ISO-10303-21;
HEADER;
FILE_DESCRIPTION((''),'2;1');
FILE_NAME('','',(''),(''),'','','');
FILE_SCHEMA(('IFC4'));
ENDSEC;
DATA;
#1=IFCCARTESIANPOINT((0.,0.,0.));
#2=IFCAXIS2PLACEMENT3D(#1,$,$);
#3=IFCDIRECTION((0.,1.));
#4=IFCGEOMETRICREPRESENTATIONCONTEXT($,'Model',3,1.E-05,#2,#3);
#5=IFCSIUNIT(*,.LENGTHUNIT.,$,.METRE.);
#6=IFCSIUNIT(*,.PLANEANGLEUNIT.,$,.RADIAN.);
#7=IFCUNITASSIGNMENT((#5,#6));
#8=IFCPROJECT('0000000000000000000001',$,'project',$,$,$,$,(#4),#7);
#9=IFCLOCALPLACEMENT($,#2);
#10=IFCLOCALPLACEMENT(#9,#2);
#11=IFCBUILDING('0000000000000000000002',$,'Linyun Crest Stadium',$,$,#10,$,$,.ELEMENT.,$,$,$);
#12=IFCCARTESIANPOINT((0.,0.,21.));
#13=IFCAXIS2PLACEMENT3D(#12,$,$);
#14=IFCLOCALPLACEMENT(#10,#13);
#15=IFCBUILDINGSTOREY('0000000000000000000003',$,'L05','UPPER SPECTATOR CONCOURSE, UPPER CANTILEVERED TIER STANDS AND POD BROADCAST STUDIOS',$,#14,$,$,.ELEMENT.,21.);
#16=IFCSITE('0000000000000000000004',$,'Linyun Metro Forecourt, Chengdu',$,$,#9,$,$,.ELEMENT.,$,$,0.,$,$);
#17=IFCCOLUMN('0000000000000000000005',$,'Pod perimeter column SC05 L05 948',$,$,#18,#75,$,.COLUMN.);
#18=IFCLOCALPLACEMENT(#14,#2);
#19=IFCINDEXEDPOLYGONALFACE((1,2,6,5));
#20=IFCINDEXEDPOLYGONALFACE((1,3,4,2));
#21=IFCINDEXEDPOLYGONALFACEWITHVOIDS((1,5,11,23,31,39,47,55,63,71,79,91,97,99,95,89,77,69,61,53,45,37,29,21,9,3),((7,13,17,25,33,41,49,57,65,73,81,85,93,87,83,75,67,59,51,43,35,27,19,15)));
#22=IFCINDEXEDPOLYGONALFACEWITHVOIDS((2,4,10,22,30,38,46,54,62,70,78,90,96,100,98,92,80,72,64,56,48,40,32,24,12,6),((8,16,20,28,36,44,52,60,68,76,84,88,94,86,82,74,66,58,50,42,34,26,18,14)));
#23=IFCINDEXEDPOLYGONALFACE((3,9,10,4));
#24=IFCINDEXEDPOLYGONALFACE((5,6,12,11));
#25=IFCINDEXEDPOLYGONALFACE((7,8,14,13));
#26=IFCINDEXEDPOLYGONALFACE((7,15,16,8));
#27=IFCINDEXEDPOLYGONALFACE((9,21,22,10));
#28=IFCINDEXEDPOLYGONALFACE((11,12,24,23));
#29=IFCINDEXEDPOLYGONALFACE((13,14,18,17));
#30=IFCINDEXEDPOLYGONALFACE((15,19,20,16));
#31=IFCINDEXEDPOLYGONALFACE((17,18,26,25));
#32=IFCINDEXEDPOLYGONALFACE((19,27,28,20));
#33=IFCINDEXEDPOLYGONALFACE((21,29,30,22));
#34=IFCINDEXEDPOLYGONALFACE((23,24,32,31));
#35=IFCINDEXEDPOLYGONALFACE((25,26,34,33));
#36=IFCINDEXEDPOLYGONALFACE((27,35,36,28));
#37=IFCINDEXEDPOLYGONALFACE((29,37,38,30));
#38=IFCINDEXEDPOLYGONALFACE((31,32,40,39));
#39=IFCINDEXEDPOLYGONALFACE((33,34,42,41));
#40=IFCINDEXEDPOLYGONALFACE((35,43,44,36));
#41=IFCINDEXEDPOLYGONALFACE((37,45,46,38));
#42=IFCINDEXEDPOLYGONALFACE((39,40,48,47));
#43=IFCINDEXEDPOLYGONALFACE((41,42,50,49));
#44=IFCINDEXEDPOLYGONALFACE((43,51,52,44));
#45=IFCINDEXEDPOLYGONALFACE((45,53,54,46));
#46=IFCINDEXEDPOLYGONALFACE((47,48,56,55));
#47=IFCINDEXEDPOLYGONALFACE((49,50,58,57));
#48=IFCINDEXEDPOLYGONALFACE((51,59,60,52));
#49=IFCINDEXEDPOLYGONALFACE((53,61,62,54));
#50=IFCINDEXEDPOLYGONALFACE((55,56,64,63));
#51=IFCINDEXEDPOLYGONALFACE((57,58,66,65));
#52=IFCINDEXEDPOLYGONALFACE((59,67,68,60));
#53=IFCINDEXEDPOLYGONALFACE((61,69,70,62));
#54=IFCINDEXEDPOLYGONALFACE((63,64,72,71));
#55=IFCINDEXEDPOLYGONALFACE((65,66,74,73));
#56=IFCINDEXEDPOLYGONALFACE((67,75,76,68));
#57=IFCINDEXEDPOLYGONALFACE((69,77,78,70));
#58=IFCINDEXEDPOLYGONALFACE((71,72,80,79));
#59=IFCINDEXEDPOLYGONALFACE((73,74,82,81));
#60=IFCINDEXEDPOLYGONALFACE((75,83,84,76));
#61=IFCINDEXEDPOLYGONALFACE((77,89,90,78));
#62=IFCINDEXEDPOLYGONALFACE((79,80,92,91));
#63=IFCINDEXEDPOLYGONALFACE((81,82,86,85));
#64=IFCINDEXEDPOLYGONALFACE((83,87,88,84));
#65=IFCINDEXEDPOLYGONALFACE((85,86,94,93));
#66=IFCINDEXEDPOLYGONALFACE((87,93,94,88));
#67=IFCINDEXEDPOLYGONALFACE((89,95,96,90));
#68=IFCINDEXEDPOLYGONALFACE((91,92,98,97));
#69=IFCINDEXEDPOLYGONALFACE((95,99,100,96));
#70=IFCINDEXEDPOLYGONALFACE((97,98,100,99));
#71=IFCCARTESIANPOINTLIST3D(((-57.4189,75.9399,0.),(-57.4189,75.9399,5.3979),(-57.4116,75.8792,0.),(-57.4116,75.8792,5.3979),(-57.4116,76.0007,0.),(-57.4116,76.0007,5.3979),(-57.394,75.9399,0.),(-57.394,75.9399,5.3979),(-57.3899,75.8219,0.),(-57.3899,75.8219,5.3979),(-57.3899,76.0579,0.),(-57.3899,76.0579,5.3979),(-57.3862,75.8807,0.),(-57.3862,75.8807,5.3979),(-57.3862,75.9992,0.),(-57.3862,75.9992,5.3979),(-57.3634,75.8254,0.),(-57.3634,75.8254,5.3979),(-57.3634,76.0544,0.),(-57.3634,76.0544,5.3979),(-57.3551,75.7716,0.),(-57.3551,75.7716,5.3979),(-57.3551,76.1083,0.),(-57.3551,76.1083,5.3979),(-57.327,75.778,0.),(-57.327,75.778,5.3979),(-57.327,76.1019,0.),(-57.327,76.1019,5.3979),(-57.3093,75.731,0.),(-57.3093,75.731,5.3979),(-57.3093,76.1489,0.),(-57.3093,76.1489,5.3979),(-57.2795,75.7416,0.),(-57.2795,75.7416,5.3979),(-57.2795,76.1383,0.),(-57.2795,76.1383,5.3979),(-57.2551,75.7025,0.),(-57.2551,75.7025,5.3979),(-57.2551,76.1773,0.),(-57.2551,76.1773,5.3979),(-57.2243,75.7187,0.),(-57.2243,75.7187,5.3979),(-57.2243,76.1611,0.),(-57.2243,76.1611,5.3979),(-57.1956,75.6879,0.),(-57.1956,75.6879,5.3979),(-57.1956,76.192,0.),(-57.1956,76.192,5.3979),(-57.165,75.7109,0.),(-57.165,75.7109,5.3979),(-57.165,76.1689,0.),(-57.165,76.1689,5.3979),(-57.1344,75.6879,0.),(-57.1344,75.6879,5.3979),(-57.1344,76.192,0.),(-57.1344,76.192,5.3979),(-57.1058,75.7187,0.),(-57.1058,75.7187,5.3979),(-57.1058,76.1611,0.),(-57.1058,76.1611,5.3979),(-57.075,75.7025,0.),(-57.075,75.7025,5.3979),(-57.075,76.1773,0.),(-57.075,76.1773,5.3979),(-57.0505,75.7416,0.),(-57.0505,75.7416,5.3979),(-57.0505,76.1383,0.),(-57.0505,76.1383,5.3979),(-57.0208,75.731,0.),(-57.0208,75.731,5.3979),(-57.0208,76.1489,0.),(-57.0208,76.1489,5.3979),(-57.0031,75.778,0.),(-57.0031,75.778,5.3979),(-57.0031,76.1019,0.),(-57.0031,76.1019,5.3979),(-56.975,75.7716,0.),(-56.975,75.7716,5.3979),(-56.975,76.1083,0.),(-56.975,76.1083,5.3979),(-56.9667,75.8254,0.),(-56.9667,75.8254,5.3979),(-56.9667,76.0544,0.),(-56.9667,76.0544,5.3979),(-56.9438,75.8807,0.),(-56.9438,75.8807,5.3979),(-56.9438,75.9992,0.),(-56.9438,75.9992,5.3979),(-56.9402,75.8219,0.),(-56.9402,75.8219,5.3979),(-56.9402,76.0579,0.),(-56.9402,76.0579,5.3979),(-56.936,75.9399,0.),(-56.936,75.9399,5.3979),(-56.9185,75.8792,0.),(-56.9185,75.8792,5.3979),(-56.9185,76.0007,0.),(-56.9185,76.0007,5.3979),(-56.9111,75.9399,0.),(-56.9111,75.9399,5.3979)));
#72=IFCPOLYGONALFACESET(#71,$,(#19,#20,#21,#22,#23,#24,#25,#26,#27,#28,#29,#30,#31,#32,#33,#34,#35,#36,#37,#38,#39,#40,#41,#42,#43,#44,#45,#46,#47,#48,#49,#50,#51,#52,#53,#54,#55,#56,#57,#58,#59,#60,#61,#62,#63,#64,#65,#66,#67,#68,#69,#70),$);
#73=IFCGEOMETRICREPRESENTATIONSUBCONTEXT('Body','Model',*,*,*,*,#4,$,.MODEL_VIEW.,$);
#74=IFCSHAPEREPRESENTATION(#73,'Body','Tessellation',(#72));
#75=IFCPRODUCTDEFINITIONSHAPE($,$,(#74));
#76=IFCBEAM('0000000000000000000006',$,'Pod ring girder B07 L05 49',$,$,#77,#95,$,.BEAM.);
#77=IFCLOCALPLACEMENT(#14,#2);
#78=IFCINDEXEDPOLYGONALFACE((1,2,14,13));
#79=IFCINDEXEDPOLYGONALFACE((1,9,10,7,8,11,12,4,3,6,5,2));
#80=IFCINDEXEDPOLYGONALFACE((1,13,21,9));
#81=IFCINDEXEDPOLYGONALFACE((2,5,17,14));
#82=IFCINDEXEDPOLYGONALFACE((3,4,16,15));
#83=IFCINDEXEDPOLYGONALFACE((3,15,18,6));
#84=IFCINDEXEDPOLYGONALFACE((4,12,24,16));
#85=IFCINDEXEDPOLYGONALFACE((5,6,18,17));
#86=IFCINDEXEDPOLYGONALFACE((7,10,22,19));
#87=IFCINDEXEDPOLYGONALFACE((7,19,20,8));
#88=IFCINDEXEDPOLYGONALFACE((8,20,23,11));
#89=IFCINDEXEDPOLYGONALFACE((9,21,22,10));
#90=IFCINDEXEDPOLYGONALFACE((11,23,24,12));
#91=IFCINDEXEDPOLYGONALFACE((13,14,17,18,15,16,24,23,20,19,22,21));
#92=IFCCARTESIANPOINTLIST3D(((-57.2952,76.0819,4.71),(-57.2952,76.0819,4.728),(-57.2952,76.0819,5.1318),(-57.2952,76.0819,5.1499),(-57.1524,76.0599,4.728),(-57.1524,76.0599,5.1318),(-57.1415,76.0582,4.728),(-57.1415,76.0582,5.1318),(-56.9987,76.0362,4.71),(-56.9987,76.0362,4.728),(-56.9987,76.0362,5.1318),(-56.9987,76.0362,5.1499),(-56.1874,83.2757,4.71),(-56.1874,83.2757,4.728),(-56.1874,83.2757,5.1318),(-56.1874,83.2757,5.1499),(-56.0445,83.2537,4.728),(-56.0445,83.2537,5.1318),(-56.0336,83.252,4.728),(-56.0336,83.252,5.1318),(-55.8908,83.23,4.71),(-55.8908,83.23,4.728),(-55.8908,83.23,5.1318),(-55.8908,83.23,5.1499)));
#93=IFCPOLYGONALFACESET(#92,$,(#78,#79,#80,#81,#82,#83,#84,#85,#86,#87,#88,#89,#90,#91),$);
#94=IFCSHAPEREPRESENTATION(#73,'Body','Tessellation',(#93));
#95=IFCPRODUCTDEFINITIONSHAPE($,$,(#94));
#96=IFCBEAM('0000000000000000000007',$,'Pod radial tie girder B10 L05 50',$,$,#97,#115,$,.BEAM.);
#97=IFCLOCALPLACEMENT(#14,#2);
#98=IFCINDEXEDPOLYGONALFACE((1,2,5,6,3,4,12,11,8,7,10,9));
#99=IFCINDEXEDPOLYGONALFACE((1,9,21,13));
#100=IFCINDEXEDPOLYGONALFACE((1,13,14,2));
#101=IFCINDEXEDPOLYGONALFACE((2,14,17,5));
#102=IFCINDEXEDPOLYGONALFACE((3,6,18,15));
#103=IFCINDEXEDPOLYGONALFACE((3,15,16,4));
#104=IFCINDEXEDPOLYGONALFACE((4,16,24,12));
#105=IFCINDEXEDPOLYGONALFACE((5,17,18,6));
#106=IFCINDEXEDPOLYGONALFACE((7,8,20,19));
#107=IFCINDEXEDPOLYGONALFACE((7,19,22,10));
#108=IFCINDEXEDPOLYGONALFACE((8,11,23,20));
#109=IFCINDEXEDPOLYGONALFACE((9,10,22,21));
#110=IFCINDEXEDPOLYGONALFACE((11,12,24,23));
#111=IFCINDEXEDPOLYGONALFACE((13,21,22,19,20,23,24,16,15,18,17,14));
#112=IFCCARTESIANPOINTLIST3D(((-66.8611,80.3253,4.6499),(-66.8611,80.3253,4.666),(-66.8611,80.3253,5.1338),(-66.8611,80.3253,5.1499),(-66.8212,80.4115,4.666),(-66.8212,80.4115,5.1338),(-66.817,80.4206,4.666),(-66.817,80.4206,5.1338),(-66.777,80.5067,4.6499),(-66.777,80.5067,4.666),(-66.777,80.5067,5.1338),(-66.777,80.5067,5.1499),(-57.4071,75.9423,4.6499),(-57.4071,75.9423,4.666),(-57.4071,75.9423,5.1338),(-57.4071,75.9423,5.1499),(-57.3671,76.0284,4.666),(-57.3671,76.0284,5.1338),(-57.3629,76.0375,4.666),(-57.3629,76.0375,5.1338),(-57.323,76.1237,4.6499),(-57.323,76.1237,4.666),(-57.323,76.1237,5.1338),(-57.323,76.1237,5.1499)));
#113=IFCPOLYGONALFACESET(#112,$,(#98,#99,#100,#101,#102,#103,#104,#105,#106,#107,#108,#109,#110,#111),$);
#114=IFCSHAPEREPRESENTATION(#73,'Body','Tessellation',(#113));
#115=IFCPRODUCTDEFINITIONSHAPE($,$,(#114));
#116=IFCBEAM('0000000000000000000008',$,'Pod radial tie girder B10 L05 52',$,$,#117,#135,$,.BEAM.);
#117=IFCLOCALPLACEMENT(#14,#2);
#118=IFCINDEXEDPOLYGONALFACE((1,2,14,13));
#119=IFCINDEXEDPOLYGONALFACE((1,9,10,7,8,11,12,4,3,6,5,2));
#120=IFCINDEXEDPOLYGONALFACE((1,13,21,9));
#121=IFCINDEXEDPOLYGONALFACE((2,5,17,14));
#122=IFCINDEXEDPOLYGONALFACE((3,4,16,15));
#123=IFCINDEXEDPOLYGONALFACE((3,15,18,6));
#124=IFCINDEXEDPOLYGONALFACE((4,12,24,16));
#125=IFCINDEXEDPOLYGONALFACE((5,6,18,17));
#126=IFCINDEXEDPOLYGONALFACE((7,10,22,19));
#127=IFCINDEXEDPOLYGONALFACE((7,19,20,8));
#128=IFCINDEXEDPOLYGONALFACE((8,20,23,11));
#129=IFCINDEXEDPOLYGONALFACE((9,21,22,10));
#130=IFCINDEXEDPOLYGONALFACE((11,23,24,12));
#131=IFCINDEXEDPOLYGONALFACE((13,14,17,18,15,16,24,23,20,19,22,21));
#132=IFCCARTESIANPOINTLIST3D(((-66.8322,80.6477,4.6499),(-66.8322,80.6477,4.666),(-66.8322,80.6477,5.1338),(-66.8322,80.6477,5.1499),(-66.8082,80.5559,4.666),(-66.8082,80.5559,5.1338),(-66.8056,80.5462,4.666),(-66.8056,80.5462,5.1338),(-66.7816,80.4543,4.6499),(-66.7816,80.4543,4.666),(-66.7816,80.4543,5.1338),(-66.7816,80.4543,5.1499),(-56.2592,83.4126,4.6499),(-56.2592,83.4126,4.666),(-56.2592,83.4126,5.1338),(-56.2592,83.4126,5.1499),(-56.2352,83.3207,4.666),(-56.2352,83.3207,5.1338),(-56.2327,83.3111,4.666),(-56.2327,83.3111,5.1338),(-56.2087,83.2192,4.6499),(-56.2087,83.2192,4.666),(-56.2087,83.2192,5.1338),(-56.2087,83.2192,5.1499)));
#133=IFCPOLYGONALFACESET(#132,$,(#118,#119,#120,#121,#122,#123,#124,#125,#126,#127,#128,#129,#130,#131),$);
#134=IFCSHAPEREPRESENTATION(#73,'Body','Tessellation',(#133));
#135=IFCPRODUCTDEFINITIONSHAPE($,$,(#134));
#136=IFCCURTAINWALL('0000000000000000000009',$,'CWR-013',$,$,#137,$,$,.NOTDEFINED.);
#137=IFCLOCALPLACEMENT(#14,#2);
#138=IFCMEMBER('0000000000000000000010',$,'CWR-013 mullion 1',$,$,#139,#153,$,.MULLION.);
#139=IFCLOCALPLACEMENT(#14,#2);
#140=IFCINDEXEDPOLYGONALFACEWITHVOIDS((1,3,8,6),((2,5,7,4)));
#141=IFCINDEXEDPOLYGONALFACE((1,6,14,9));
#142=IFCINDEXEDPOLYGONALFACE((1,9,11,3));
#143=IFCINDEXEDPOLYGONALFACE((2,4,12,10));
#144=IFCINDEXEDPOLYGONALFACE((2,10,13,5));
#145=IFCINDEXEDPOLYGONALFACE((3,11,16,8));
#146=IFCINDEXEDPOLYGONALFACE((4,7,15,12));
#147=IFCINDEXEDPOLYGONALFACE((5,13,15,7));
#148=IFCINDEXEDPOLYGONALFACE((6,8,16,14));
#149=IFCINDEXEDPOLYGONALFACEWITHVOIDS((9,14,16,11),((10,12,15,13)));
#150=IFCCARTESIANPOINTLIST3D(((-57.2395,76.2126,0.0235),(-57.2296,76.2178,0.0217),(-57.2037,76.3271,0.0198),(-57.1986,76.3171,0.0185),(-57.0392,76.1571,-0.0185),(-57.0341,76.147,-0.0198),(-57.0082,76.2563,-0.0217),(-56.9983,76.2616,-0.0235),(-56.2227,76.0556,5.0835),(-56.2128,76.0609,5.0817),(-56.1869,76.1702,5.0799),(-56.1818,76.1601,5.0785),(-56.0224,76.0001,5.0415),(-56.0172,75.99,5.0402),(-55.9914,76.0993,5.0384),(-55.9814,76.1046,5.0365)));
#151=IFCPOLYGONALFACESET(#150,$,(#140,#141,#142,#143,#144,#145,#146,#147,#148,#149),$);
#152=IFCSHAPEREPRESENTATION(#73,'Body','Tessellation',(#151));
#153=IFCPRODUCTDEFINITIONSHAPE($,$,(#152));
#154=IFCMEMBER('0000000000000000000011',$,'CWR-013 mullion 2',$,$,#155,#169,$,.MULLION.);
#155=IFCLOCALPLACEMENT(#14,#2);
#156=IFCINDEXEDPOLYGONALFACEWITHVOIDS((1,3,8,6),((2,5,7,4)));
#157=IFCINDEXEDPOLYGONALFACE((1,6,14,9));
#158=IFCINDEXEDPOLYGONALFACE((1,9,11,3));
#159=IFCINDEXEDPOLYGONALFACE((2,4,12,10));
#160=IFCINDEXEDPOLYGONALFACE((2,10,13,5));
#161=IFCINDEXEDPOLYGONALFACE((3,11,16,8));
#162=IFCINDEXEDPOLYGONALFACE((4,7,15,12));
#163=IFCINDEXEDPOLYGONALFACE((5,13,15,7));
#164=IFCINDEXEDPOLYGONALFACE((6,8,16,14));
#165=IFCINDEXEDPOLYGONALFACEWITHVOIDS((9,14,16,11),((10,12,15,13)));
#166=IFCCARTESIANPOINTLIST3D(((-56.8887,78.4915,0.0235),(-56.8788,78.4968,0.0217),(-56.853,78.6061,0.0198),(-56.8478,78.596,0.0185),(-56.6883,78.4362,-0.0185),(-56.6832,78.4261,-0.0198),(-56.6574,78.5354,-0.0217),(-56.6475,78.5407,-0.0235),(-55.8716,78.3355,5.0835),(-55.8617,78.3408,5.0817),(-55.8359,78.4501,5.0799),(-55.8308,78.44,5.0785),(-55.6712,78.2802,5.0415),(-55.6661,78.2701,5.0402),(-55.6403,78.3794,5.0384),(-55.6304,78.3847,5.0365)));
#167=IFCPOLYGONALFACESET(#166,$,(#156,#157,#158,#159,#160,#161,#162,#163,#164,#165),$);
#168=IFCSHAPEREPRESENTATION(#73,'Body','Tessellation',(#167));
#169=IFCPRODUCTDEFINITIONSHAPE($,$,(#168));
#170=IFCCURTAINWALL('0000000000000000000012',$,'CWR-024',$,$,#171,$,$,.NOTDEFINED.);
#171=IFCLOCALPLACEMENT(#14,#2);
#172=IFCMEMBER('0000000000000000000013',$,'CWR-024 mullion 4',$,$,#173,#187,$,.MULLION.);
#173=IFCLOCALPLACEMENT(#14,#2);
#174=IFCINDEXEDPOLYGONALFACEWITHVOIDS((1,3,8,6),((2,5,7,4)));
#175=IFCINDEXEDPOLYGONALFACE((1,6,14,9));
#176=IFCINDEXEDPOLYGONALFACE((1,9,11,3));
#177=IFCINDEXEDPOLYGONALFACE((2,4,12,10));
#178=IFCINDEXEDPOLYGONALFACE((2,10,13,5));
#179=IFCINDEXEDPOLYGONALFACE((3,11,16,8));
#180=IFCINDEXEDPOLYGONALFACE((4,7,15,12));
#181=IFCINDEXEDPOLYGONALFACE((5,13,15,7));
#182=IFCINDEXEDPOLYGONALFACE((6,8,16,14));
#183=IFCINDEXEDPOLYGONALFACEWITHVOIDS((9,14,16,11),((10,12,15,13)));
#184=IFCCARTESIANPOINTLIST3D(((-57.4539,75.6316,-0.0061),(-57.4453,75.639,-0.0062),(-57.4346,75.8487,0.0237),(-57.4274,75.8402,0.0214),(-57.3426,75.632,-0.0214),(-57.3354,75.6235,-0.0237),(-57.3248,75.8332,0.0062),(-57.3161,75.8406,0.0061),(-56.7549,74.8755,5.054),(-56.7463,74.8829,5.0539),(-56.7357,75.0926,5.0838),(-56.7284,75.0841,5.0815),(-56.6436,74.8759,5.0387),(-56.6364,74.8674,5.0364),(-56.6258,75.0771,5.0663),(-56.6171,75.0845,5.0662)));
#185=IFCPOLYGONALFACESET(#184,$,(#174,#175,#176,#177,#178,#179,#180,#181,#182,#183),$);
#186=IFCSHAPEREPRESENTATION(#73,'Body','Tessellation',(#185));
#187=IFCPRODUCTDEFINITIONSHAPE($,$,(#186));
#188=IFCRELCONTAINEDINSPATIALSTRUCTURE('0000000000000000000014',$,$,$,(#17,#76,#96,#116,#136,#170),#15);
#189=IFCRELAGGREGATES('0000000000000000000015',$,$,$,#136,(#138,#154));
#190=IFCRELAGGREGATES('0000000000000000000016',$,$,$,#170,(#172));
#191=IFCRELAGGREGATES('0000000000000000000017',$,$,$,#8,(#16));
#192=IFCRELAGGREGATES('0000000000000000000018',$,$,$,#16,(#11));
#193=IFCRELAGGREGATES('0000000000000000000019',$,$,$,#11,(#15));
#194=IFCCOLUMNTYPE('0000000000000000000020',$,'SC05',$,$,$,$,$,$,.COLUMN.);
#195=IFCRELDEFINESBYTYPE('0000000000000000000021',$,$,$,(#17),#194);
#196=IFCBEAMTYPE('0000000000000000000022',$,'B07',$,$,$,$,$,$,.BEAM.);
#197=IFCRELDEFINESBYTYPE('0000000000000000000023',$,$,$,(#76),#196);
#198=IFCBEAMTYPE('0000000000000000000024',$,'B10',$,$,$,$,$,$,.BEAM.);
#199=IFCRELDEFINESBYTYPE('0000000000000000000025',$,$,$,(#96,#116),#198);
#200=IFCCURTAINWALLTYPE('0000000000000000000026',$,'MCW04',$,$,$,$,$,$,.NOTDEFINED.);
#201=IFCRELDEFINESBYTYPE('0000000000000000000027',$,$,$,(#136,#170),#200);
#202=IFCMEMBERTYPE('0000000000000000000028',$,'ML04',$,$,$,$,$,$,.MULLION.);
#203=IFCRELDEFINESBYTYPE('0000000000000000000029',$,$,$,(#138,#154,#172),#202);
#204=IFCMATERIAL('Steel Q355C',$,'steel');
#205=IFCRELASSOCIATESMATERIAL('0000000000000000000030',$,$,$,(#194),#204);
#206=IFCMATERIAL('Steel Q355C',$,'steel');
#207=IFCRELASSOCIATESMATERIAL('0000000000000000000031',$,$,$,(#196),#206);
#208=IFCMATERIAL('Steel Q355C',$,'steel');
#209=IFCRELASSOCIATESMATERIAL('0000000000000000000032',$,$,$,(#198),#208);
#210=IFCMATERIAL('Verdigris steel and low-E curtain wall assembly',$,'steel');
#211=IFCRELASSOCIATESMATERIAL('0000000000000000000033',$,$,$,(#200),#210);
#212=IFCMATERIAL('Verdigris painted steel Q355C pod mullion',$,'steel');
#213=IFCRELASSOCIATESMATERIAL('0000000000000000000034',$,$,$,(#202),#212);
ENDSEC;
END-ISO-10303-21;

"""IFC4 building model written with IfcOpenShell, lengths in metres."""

from ifc_helpers import new_model, si_unit, direction, frame, origin, origin_2d, place, context, subcontext, project, spatial, hollow_rectangle, hollow_circle, i_section, extrude, material, material_profile, profile_set, type_object, element, aggregate, save


model = new_model("IFC4")

# Units and contexts
model_context = context("Model", 3, precision=1e-05, world=origin(), true_north=direction((0.0, 1.0)))
body_context = subcontext(model_context, "Body", "Model", "MODEL_VIEW")
ifc_project = project(units=[si_unit("LENGTHUNIT", "METRE"), si_unit("PLANEANGLEUNIT", "RADIAN")], contexts=[model_context])

# Site, building, storey
site_placement = place(None, origin())
site = spatial("IfcSite", under=ifc_project, at=site_placement, Name="Linyun Metro Forecourt, Chengdu", CompositionType="ELEMENT", RefElevation=0.0)
building_placement = place(site_placement, origin())
building = spatial("IfcBuilding", under=site, at=building_placement, Name="Linyun Crest Stadium", CompositionType="ELEMENT")
storey_placement = place(building_placement, frame((0.0, 0.0, 21.0)))
storey = spatial("IfcBuildingStorey", under=building, at=storey_placement, Name="L05", Description="UPPER SPECTATOR CONCOURSE, UPPER CANTILEVERED TIER STANDS AND POD BROADCAST STUDIOS", CompositionType="ELEMENT", Elevation=21.0)

# Column
ifc_material_1 = material(Name="Steel Q355C", Category="steel")
ifc_material_profile_1 = material_profile(ifc_material_1, hollow_circle(Radius=0.2539, WallThickness=0.0249, at=origin_2d()), Name="CHS 508x25")
ifc_profile_set_1 = profile_set([ifc_material_profile_1], Name="Steel Q355C")
column_type = type_object("IfcColumnType", Name="SC05", PredefinedType="COLUMN", material=ifc_profile_set_1)
column_placement = place(storey_placement, frame((-57.165, 75.9399, 0.0), z_axis=(0.0, 0.0, 1.0), x_axis=(1.0, 0.0, 0.0)))
element("IfcColumn", 1, at=column_placement, inside=storey, type_object=column_type, Name="Pod perimeter column SC05 L05 948", PredefinedType="COLUMN", context=body_context, shape_type="SweptSolid", body=[
    extrude(hollow_circle(Radius=0.2539, WallThickness=0.0249, at=origin_2d()), origin(), (0.0, 0.0, 1.0), 5.3979),
])

# Beams
ifc_material_2 = material(Name="Steel Q355C", Category="steel")
ifc_material_profile_2 = material_profile(ifc_material_2, i_section(OverallWidth=0.3, OverallDepth=0.4399, WebThickness=0.011, FlangeThickness=0.0181, at=origin_2d()), Name="HM 440x300")
ifc_profile_set_2 = profile_set([ifc_material_profile_2], Name="Steel Q355C")
beam_type_1 = type_object("IfcBeamType", Name="B07", PredefinedType="BEAM", material=ifc_profile_set_2)
beam_1_placement = place(storey_placement, frame((-57.147, 76.0591, 4.9299), z_axis=(0.152213, 0.988348, 0.0), x_axis=(-0.988348, 0.152213, 0.0)))
element("IfcBeam", 2, at=beam_1_placement, inside=storey, type_object=beam_type_1, Name="Pod ring girder B07 L05 49", PredefinedType="BEAM", context=body_context, shape_type="SweptSolid", body=[
    extrude(i_section(OverallWidth=0.3, OverallDepth=0.4399, WebThickness=0.011, FlangeThickness=0.0181, at=origin_2d()), origin(), (0.0, 0.0, 1.0), 7.2786),
])
ifc_material_3 = material(Name="Steel Q355C", Category="steel")
ifc_material_profile_3 = material_profile(ifc_material_3, i_section(OverallWidth=0.2, OverallDepth=0.5, WebThickness=0.01, FlangeThickness=0.0161, at=origin_2d()), Name="HN 500x200")
ifc_profile_set_3 = profile_set([ifc_material_profile_3], Name="Steel Q355C")
beam_type_2 = type_object("IfcBeamType", Name="B10", PredefinedType="BEAM", material=ifc_profile_set_3)
beam_2_placement = place(storey_placement, frame((-66.8191, 80.416, 4.8999), z_axis=(0.907241, -0.42061, 0.0), x_axis=(0.42061, 0.907241, 0.0)))
element("IfcBeam", 3, at=beam_2_placement, inside=storey, type_object=beam_type_2, Name="Pod radial tie girder B10 L05 50", PredefinedType="BEAM", context=body_context, shape_type="SweptSolid", body=[
    extrude(i_section(OverallWidth=0.2, OverallDepth=0.5, WebThickness=0.01, FlangeThickness=0.0161, at=origin_2d()), origin(), (0.0, 0.0, 1.0), 10.4207),
])
beam_3_placement = place(storey_placement, frame((-66.8069, 80.551, 4.8999), z_axis=(0.967467, 0.252998, 0.0), x_axis=(-0.252998, 0.967467, 0.0)))
element("IfcBeam", 4, at=beam_3_placement, inside=storey, type_object=beam_type_2, Name="Pod radial tie girder B10 L05 52", PredefinedType="BEAM", context=body_context, shape_type="SweptSolid", body=[
    extrude(i_section(OverallWidth=0.2, OverallDepth=0.5, WebThickness=0.01, FlangeThickness=0.0161, at=origin_2d()), origin(), (0.0, 0.0, 1.0), 10.9285),
])

# Curtain wall, members
ifc_material_4 = material(Name="Verdigris steel and low-E curtain wall assembly", Category="steel")
curtain_wall_type = type_object("IfcCurtainWallType", Name="MCW04", PredefinedType="NOTDEFINED", material=ifc_material_4)
curtain_wall_1_placement = place(storey_placement, origin())
curtain_wall_1 = element("IfcCurtainWall", 5, at=curtain_wall_1_placement, inside=storey, type_object=curtain_wall_type, Name="CWR-013", PredefinedType="NOTDEFINED")
ifc_material_5 = material(Name="Verdigris painted steel Q355C pod mullion", Category="steel")
ifc_material_profile_4 = material_profile(ifc_material_5, hollow_rectangle(XDim=0.1201, YDim=0.22, WallThickness=0.0081, at=origin_2d()), Name="RHS 220x120x8")
ifc_profile_set_4 = profile_set([ifc_material_profile_4], Name="Verdigris painted steel Q355C pod mullion")
member_type_1 = type_object("IfcMemberType", Name="ML04", PredefinedType="MULLION", material=ifc_profile_set_4)
member_1_placement = place(storey_placement, frame((-57.1189, 76.2371, 0.0), z_axis=(0.196926, -0.030402, 0.979947), x_axis=(-0.298126, -0.954045, 0.030312)))
member_1 = element("IfcMember", 6, at=member_1_placement, type_object=member_type_1, Name="CWR-013 mullion 1", PredefinedType="MULLION", context=body_context, shape_type="SweptSolid", body=[
    extrude(hollow_rectangle(XDim=0.1201, YDim=0.22, WallThickness=0.0081, at=origin_2d()), origin(), (0.0, 0.0, 1.0), 5.1636),
])
member_2_placement = place(storey_placement, frame((-56.7681, 78.5161, 0.0), z_axis=(0.196972, -0.030212, 0.979943), x_axis=(-0.297196, -0.954335, 0.030314)))
member_2 = element("IfcMember", 7, at=member_2_placement, type_object=member_type_1, Name="CWR-013 mullion 2", PredefinedType="MULLION", context=body_context, shape_type="SweptSolid", body=[
    extrude(hollow_rectangle(XDim=0.1201, YDim=0.22, WallThickness=0.0081, at=origin_2d()), origin(), (0.0, 0.0, 1.0), 5.1636),
])

# Curtain wall, member
curtain_wall_2_placement = place(storey_placement, origin())
curtain_wall_2 = element("IfcCurtainWall", 8, at=curtain_wall_2_placement, inside=storey, type_object=curtain_wall_type, Name="CWR-024", PredefinedType="NOTDEFINED")
member_3_placement = place(storey_placement, frame((-57.385, 75.7361, 0.0), z_axis=(0.135361, -0.146425, 0.979917), x_axis=(-0.986909, 0.067602, 0.146429)))
member_3 = element("IfcMember", 9, at=member_3_placement, type_object=member_type_1, Name="CWR-024 mullion 4", PredefinedType="MULLION", context=body_context, shape_type="SweptSolid", body=[
    extrude(hollow_rectangle(XDim=0.1201, YDim=0.22, WallThickness=0.0081, at=origin_2d()), origin(), (0.0, 0.0, 1.0), 5.1638),
])

aggregate(curtain_wall_1, [member_1, member_2])
aggregate(curtain_wall_2, [member_3])

save(model, "model.ifc")
